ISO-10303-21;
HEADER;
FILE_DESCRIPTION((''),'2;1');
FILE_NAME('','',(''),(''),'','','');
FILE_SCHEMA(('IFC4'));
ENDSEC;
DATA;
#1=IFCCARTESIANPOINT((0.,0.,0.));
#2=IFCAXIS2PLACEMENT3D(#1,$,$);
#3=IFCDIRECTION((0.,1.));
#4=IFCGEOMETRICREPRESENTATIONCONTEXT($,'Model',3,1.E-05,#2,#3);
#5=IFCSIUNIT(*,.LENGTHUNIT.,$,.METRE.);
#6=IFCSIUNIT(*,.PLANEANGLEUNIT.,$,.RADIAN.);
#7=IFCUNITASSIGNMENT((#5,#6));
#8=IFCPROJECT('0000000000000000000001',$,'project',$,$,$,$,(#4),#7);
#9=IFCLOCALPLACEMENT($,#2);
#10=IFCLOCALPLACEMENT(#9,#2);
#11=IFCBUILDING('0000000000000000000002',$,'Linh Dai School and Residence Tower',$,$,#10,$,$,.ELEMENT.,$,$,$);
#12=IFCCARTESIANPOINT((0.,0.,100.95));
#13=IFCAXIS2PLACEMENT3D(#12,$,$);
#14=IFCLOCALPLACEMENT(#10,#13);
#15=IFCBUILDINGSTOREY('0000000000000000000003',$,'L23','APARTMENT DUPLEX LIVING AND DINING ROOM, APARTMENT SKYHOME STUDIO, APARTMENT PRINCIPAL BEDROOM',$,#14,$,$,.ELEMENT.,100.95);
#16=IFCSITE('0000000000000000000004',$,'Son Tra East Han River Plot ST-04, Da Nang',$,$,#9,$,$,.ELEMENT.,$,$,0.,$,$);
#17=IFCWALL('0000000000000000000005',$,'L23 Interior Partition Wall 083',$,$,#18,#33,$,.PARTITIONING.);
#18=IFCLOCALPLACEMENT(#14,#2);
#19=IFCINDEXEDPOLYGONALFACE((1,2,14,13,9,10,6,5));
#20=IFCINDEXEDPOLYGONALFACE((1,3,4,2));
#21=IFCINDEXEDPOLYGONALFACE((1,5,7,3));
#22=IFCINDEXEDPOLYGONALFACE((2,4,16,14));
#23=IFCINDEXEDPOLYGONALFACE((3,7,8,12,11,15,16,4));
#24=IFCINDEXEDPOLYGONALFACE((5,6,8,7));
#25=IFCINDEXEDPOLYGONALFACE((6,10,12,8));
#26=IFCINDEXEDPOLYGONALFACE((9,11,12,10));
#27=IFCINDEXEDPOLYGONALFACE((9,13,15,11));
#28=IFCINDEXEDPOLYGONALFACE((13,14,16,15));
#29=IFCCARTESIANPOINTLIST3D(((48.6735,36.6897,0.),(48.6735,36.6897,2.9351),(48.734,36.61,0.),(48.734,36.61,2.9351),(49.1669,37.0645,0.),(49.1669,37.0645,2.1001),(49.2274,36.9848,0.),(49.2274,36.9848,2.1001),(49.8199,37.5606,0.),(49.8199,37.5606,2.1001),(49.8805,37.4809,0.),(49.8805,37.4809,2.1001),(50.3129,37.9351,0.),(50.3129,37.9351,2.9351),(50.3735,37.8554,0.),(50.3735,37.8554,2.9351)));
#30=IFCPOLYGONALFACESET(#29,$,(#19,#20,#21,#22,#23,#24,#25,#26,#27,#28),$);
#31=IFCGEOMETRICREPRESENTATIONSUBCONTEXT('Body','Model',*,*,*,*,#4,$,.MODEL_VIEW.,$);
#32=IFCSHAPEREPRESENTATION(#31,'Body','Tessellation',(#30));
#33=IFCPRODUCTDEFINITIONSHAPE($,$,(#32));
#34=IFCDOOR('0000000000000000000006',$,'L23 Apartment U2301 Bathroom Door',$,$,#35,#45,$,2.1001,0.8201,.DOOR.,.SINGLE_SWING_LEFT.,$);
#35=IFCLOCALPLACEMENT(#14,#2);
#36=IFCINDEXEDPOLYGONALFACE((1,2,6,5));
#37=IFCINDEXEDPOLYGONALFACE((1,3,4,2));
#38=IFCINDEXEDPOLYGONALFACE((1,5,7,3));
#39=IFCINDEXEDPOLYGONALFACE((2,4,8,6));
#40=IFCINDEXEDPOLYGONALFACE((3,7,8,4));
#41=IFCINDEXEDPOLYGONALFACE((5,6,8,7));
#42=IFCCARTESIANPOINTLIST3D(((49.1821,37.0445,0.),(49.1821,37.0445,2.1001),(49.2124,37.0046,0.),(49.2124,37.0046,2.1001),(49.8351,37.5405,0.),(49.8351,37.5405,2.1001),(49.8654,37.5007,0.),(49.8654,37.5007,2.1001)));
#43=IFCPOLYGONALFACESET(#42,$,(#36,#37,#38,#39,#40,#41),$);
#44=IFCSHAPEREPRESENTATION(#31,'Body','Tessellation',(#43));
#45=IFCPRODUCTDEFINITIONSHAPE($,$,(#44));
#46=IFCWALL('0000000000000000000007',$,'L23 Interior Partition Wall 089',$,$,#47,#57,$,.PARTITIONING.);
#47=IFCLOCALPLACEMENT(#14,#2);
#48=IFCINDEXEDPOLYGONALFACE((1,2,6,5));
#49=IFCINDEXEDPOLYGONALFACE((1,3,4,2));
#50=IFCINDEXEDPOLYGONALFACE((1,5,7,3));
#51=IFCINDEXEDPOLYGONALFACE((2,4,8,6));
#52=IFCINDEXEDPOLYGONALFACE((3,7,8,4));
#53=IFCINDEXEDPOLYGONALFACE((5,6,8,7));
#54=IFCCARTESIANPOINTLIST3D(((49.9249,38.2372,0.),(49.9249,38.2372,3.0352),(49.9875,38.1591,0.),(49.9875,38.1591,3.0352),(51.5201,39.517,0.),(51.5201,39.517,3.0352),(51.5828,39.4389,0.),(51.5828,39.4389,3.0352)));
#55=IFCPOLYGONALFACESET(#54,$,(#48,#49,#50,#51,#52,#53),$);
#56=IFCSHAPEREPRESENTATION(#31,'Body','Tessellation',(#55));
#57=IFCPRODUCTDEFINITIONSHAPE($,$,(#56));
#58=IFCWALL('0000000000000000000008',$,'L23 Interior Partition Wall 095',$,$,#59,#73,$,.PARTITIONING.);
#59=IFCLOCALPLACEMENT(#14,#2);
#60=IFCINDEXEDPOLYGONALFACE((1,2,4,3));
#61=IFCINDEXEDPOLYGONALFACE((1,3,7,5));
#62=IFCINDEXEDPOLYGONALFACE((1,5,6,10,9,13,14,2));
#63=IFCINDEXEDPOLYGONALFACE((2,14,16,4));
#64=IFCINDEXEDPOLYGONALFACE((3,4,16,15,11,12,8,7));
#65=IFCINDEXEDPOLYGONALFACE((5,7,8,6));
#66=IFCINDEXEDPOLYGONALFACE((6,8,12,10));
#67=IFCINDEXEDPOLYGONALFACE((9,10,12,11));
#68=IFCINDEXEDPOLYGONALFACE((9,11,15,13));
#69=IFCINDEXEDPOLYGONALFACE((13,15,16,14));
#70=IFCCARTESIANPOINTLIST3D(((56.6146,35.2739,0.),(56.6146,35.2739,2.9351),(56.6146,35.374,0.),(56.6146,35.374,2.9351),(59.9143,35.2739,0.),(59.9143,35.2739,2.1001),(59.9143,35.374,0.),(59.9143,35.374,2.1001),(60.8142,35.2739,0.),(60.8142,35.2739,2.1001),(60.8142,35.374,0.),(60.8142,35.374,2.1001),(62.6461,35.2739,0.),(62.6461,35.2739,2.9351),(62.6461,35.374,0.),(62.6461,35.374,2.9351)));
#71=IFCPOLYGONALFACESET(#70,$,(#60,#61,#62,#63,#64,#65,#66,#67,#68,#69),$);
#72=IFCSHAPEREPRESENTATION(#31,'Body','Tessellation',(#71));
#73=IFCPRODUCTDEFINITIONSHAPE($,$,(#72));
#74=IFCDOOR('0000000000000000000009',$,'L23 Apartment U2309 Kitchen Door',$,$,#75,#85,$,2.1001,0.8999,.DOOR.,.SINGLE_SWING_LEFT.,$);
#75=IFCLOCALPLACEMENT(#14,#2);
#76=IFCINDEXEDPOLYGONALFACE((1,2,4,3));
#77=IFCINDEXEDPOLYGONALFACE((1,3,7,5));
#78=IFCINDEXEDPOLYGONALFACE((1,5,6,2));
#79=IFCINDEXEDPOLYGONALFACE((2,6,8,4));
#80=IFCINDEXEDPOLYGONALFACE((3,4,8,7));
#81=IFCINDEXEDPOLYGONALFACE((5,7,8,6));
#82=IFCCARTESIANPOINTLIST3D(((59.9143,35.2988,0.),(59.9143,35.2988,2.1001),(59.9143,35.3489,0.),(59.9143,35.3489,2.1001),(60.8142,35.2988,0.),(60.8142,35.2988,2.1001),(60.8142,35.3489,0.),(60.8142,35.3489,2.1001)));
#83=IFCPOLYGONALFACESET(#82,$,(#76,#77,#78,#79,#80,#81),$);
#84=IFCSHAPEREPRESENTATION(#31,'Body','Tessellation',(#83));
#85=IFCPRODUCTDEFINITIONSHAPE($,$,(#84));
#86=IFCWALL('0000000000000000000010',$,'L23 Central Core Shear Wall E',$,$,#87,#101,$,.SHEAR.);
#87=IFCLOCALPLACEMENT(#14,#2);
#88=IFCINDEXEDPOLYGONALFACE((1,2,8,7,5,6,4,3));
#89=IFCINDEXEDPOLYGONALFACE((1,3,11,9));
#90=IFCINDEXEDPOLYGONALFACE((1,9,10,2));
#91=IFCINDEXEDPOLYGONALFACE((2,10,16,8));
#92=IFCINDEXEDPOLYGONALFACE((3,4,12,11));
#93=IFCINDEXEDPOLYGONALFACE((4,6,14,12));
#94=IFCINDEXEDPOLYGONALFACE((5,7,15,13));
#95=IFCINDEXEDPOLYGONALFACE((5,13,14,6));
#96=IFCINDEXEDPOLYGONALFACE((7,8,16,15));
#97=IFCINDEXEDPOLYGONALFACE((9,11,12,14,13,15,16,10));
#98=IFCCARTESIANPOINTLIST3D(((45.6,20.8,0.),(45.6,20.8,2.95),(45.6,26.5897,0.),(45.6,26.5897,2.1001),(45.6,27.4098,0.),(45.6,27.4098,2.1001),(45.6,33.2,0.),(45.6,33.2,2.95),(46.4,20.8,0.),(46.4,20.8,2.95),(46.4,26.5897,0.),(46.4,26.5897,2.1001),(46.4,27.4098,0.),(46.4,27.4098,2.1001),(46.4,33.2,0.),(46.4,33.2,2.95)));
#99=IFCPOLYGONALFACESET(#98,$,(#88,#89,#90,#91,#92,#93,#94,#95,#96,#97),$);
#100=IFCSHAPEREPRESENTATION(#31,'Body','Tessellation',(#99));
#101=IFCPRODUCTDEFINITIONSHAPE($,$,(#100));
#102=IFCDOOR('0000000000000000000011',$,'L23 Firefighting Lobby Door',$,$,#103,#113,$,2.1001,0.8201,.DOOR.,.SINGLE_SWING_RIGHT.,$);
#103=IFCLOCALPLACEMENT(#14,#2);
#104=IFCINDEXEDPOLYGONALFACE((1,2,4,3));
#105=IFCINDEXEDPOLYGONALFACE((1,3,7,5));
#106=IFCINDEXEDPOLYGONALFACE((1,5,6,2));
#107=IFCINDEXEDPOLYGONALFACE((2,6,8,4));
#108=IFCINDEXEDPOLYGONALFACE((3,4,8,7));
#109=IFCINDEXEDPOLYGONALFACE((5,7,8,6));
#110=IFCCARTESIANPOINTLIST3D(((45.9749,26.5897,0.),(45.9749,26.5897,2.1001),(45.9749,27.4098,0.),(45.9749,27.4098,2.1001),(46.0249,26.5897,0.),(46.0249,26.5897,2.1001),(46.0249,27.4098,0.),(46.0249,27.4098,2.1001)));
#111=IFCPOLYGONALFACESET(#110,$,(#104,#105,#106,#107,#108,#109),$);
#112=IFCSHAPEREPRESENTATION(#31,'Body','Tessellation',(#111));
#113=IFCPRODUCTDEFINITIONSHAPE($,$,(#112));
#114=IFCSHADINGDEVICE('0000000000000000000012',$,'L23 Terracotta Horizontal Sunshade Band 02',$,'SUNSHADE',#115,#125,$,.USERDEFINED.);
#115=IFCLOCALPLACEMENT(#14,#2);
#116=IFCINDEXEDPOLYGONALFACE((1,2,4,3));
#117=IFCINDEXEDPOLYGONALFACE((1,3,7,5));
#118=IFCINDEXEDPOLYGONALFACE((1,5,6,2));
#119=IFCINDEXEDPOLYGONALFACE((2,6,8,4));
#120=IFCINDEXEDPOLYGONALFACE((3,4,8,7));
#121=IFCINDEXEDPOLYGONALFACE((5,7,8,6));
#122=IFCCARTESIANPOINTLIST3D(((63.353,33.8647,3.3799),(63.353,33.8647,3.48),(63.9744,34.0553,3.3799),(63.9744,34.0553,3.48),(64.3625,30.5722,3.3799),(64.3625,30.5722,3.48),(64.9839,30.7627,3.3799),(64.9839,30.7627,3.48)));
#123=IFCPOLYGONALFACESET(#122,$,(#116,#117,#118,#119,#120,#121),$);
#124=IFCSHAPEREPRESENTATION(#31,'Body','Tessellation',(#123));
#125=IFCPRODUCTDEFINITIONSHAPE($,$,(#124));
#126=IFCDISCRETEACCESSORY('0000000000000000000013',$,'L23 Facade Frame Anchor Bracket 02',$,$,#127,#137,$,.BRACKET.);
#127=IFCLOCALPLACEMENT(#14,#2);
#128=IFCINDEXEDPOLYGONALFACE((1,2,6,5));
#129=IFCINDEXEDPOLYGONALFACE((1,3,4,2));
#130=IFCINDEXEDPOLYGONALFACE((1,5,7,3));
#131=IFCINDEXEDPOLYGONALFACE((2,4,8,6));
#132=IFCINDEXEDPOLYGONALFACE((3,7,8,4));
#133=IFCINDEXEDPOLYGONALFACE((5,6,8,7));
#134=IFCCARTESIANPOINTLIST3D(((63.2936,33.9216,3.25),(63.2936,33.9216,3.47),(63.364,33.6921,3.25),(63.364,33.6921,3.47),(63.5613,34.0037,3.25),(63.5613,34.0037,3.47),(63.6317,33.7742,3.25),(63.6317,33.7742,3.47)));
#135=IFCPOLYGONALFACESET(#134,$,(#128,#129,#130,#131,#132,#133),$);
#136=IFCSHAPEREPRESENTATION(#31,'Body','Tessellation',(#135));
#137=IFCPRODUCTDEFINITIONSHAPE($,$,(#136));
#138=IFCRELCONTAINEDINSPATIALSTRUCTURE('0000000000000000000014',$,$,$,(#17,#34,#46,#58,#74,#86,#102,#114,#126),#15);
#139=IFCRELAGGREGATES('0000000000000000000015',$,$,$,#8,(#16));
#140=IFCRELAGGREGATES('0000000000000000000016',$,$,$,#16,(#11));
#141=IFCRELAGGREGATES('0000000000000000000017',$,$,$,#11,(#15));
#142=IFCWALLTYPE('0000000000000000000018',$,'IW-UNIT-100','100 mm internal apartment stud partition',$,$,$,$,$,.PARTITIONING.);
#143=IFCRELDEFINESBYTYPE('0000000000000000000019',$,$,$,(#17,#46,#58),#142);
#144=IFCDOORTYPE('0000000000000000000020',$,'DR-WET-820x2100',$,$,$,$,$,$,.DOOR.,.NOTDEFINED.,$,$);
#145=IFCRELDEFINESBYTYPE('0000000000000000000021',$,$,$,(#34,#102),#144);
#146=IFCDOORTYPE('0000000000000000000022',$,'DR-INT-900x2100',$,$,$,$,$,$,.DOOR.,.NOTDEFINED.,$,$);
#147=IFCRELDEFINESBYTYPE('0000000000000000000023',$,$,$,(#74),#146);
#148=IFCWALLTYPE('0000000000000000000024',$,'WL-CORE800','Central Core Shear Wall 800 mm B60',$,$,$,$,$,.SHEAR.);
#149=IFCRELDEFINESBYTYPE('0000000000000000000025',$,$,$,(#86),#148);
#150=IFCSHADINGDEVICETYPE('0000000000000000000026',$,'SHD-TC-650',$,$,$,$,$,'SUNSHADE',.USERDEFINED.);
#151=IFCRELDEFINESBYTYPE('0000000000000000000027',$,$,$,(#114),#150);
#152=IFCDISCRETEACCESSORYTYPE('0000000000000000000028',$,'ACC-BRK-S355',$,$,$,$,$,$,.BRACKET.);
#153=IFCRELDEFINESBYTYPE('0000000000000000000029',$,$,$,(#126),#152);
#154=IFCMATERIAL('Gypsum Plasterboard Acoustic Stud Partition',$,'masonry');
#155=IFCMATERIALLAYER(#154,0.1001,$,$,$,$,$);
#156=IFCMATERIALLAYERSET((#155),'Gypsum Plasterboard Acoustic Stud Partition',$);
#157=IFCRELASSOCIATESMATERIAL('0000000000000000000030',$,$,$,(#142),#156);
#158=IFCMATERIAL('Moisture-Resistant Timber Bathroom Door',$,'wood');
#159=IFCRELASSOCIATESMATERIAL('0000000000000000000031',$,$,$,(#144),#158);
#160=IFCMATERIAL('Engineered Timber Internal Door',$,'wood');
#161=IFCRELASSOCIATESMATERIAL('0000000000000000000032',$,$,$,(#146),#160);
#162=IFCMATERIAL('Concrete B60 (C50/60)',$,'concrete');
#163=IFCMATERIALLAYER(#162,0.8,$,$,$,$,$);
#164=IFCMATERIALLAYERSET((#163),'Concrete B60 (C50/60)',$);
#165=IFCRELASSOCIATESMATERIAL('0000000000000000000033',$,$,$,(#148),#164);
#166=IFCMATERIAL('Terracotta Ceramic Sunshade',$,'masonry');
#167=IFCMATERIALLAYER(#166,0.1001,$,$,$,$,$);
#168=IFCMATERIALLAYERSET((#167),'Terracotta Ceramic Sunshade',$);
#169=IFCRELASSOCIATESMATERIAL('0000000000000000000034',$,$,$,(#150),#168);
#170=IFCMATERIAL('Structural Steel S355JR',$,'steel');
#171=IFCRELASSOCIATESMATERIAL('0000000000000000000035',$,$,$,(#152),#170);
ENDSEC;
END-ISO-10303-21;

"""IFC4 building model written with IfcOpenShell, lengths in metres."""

from ifc_helpers import new_model, si_unit, direction, frame, frame_2d, origin, origin_2d, place, context, subcontext, project, spatial, rectangle, extrude, source, transform, mapped, material, layer, layer_set, type_object, element, fill, save


model = new_model("IFC4")

# Units and contexts
model_context = context("Model", 3, precision=1e-05, world=origin(), true_north=direction((0.0, 1.0)))
body_context = subcontext(model_context, "Body", "Model", "MODEL_VIEW")
ifc_project = project(units=[si_unit("LENGTHUNIT", "METRE"), si_unit("PLANEANGLEUNIT", "RADIAN")], contexts=[model_context])

# Site, building, storey
site_placement = place(None, origin())
site = spatial("IfcSite", under=ifc_project, at=site_placement, Name="Son Tra East Han River Plot ST-04, Da Nang", CompositionType="ELEMENT", RefElevation=0.0)
building_placement = place(site_placement, origin())
building = spatial("IfcBuilding", under=site, at=building_placement, Name="Linh Dai School and Residence Tower", CompositionType="ELEMENT")
storey_placement = place(building_placement, frame((0.0, 0.0, 100.95)))
storey = spatial("IfcBuildingStorey", under=building, at=storey_placement, Name="L23", Description="APARTMENT DUPLEX LIVING AND DINING ROOM, APARTMENT SKYHOME STUDIO, APARTMENT PRINCIPAL BEDROOM", CompositionType="ELEMENT", Elevation=100.95)

# Shared definitions
ifc_material_1 = material(Name="Concrete B60 (C50/60)", Category="concrete")
ifc_material_2 = material(Name="Structural Steel S355JR", Category="steel")

# Wall, opening, door
ifc_material_3 = material(Name="Gypsum Plasterboard Acoustic Stud Partition", Category="masonry")
ifc_layer_1 = layer(ifc_material_3, 0.1001)
ifc_layer_set_1 = layer_set([ifc_layer_1], Name="Gypsum Plasterboard Acoustic Stud Partition")
wall_type_1 = type_object("IfcWallType", Name="IW-UNIT-100", Description="100 mm internal apartment stud partition", PredefinedType="PARTITIONING", material=ifc_layer_set_1)
wall_1_placement = place(storey_placement, frame((48.7039, 36.6499, 0.0), z_axis=(0.0, 0.0, 1.0), x_axis=(0.796299, 0.604903, 0.0)))
wall_1 = element("IfcWall", 1, at=wall_1_placement, inside=storey, type_object=wall_type_1, Name="L23 Interior Partition Wall 083", PredefinedType="PARTITIONING", context=body_context, shape_type="SweptSolid", body=[
    extrude(rectangle(XDim=2.0588, YDim=0.1001, at=frame_2d((1.0293, 0.0))), origin(), (0.0, 0.0, 1.0), 2.9351),
])
opening_1_placement = place(wall_1_placement, frame((0.6194, 0.0, 0.0)))
opening_1 = element("IfcOpeningElement", 2, at=opening_1_placement, cuts=wall_1, PredefinedType="OPENING", context=body_context, shape_type="SweptSolid", body=[
    extrude(rectangle(XDim=0.8201, YDim=2.1001, at=origin_2d()), frame((0.4102, 0.0601, 1.05), z_axis=(0.0, -1.0, 0.0), x_axis=(1.0, 0.0, 0.0)), (0.0, 0.0, 1.0), 0.1201),
])
ifc_material_4 = material(Name="Moisture-Resistant Timber Bathroom Door", Category="wood")
door_type_1 = type_object("IfcDoorType", Name="DR-WET-820x2100", OperationType="NOTDEFINED", PredefinedType="DOOR", material=ifc_material_4)
shared_shape_1 = source(origin(), body_context, "Body", "SweptSolid", [
    extrude(rectangle(XDim=0.8201, YDim=2.1001, at=origin_2d()), frame((0.4102, 0.0249, 1.05), z_axis=(0.0, -1.0, 0.0), x_axis=(1.0, 0.0, 0.0)), (0.0, 0.0, 1.0), 0.05),
])
door_1_placement = place(opening_1_placement, origin())
door_1 = element("IfcDoor", 3, at=door_1_placement, inside=storey, type_object=door_type_1, Name="L23 Apartment U2301 Bathroom Door", OperationType="SINGLE_SWING_LEFT", OverallHeight=2.1001, OverallWidth=0.8201, PredefinedType="DOOR", context=body_context, shape_type="MappedRepresentation", body=[
    mapped(shared_shape_1, transform((0.0, 0.0, 0.0), x_axis=(1.0, 0.0, 0.0), y_axis=(0.0, 1.0, 0.0), z_axis=(0.0, 0.0, 1.0), scale=1.0)),
])
fill(opening_1, door_1)

# Wall
wall_2_placement = place(storey_placement, frame((49.9563, 38.1982, 0.0), z_axis=(0.0, 0.0, 1.0), x_axis=(0.780006, 0.625772, 0.0)))
element("IfcWall", 4, at=wall_2_placement, inside=storey, type_object=wall_type_1, Name="L23 Interior Partition Wall 089", PredefinedType="PARTITIONING", context=body_context, shape_type="SweptSolid", body=[
    extrude(rectangle(XDim=2.0452, YDim=0.1001, at=frame_2d((1.0225, 0.0))), origin(), (0.0, 0.0, 1.0), 3.0352),
])

# Walls, openings, doors
wall_3_placement = place(storey_placement, frame((56.6147, 35.324, 0.0), z_axis=(0.0, 0.0, 1.0), x_axis=(1.0, 0.0, 0.0)))
wall_3 = element("IfcWall", 5, at=wall_3_placement, inside=storey, type_object=wall_type_1, Name="L23 Interior Partition Wall 095", PredefinedType="PARTITIONING", context=body_context, shape_type="SweptSolid", body=[
    extrude(rectangle(XDim=6.0315, YDim=0.1001, at=frame_2d((3.0156, 0.0))), origin(), (0.0, 0.0, 1.0), 2.9351),
])
opening_2_placement = place(wall_3_placement, frame((3.2996, 0.0, 0.0)))
opening_2 = element("IfcOpeningElement", 6, at=opening_2_placement, cuts=wall_3, PredefinedType="OPENING", context=body_context, shape_type="SweptSolid", body=[
    extrude(rectangle(XDim=0.8999, YDim=2.1001, at=origin_2d()), frame((0.45, 0.0601, 1.05), z_axis=(0.0, -1.0, 0.0), x_axis=(1.0, 0.0, 0.0)), (0.0, 0.0, 1.0), 0.1201),
])
ifc_material_5 = material(Name="Engineered Timber Internal Door", Category="wood")
door_type_2 = type_object("IfcDoorType", Name="DR-INT-900x2100", OperationType="NOTDEFINED", PredefinedType="DOOR", material=ifc_material_5)
shared_shape_2 = source(origin(), body_context, "Body", "SweptSolid", [
    extrude(rectangle(XDim=0.8999, YDim=2.1001, at=origin_2d()), frame((0.45, 0.0249, 1.05), z_axis=(0.0, -1.0, 0.0), x_axis=(1.0, 0.0, 0.0)), (0.0, 0.0, 1.0), 0.05),
])
door_2_placement = place(opening_2_placement, origin())
door_2 = element("IfcDoor", 7, at=door_2_placement, inside=storey, type_object=door_type_2, Name="L23 Apartment U2309 Kitchen Door", OperationType="SINGLE_SWING_LEFT", OverallHeight=2.1001, OverallWidth=0.8999, PredefinedType="DOOR", context=body_context, shape_type="MappedRepresentation", body=[
    mapped(shared_shape_2, transform((0.0, 0.0, 0.0), x_axis=(1.0, 0.0, 0.0), y_axis=(0.0, 1.0, 0.0), z_axis=(0.0, 0.0, 1.0), scale=1.0)),
])
fill(opening_2, door_2)
ifc_layer_2 = layer(ifc_material_1, 0.8)
ifc_layer_set_2 = layer_set([ifc_layer_2], Name="Concrete B60 (C50/60)")
wall_type_2 = type_object("IfcWallType", Name="WL-CORE800", Description="Central Core Shear Wall 800 mm B60", PredefinedType="SHEAR", material=ifc_layer_set_2)
wall_4_placement = place(storey_placement, frame((46.0, 33.2, 0.0), z_axis=(0.0, 0.0, 1.0), x_axis=(0.0, -1.0, 0.0)))
wall_4 = element("IfcWall", 8, at=wall_4_placement, inside=storey, type_object=wall_type_2, Name="L23 Central Core Shear Wall E", PredefinedType="SHEAR", context=body_context, shape_type="SweptSolid", body=[
    extrude(rectangle(XDim=12.3999, YDim=0.8, at=frame_2d((6.2, 0.0))), origin(), (0.0, 0.0, 1.0), 2.95),
])
opening_3_placement = place(wall_4_placement, frame((5.79, 0.0, 0.0)))
opening_3 = element("IfcOpeningElement", 9, at=opening_3_placement, cuts=wall_4, PredefinedType="OPENING", context=body_context, shape_type="SweptSolid", body=[
    extrude(rectangle(XDim=0.8201, YDim=2.1001, at=origin_2d()), frame((0.4102, 0.4102, 1.05), z_axis=(0.0, -1.0, 0.0), x_axis=(1.0, 0.0, 0.0)), (0.0, 0.0, 1.0), 0.8201),
])
door_3_placement = place(opening_3_placement, origin())
door_3 = element("IfcDoor", 10, at=door_3_placement, inside=storey, type_object=door_type_1, Name="L23 Firefighting Lobby Door", OperationType="SINGLE_SWING_RIGHT", OverallHeight=2.1001, OverallWidth=0.8201, PredefinedType="DOOR", context=body_context, shape_type="MappedRepresentation", body=[
    mapped(shared_shape_1, transform((0.0, 0.0, 0.0), x_axis=(1.0, 0.0, 0.0), y_axis=(0.0, 1.0, 0.0), z_axis=(0.0, 0.0, 1.0), scale=1.0)),
])
fill(opening_3, door_3)

# Shading device
ifc_material_6 = material(Name="Terracotta Ceramic Sunshade", Category="masonry")
ifc_layer_3 = layer(ifc_material_6, 0.1001)
ifc_layer_set_3 = layer_set([ifc_layer_3], Name="Terracotta Ceramic Sunshade")
shading_device_type = type_object("IfcShadingDeviceType", Name="SHD-TC-650", ElementType="SUNSHADE", PredefinedType="USERDEFINED", material=ifc_layer_set_3)
shared_shape_3 = source(origin(), body_context, "Body", "SweptSolid", [
    extrude(rectangle(XDim=3.4438, YDim=0.6499, at=origin_2d()), origin(), (0.0, 0.0, 1.0), 0.1001),
])
shading_device_placement = place(storey_placement, frame((64.1685, 32.3137, 3.3799), z_axis=(0.0, 0.0, 1.0), x_axis=(0.293134, -0.956072, 0.0)))
element("IfcShadingDevice", 11, at=shading_device_placement, inside=storey, type_object=shading_device_type, Name="L23 Terracotta Horizontal Sunshade Band 02", ObjectType="SUNSHADE", PredefinedType="USERDEFINED", context=body_context, shape_type="MappedRepresentation", body=[
    mapped(shared_shape_3, transform((0.0, 0.0, 0.0), x_axis=(1.0, 0.0, 0.0), y_axis=(0.0, 1.0, 0.0), z_axis=(0.0, 0.0, 1.0), scale=1.0)),
])

# Discrete accessory
discrete_accessory_type = type_object("IfcDiscreteAccessoryType", Name="ACC-BRK-S355", PredefinedType="BRACKET", material=ifc_material_2)
shared_shape_4 = source(origin(), body_context, "Body", "SweptSolid", [
    extrude(rectangle(XDim=0.28, YDim=0.24, at=origin_2d()), origin(), (0.0, 0.0, 1.0), 0.22),
])
discrete_accessory_placement = place(storey_placement, frame((63.4626, 33.8479, 3.25), z_axis=(0.0, 0.0, 1.0), x_axis=(0.956072, 0.293134, 0.0)))
element("IfcDiscreteAccessory", 12, at=discrete_accessory_placement, inside=storey, type_object=discrete_accessory_type, Name="L23 Facade Frame Anchor Bracket 02", PredefinedType="BRACKET", context=body_context, shape_type="MappedRepresentation", body=[
    mapped(shared_shape_4, transform((0.0, 0.0, 0.0), x_axis=(1.0, 0.0, 0.0), y_axis=(0.0, 1.0, 0.0), z_axis=(0.0, 0.0, 1.0), scale=1.0)),
])

save(model, "model.ifc")
